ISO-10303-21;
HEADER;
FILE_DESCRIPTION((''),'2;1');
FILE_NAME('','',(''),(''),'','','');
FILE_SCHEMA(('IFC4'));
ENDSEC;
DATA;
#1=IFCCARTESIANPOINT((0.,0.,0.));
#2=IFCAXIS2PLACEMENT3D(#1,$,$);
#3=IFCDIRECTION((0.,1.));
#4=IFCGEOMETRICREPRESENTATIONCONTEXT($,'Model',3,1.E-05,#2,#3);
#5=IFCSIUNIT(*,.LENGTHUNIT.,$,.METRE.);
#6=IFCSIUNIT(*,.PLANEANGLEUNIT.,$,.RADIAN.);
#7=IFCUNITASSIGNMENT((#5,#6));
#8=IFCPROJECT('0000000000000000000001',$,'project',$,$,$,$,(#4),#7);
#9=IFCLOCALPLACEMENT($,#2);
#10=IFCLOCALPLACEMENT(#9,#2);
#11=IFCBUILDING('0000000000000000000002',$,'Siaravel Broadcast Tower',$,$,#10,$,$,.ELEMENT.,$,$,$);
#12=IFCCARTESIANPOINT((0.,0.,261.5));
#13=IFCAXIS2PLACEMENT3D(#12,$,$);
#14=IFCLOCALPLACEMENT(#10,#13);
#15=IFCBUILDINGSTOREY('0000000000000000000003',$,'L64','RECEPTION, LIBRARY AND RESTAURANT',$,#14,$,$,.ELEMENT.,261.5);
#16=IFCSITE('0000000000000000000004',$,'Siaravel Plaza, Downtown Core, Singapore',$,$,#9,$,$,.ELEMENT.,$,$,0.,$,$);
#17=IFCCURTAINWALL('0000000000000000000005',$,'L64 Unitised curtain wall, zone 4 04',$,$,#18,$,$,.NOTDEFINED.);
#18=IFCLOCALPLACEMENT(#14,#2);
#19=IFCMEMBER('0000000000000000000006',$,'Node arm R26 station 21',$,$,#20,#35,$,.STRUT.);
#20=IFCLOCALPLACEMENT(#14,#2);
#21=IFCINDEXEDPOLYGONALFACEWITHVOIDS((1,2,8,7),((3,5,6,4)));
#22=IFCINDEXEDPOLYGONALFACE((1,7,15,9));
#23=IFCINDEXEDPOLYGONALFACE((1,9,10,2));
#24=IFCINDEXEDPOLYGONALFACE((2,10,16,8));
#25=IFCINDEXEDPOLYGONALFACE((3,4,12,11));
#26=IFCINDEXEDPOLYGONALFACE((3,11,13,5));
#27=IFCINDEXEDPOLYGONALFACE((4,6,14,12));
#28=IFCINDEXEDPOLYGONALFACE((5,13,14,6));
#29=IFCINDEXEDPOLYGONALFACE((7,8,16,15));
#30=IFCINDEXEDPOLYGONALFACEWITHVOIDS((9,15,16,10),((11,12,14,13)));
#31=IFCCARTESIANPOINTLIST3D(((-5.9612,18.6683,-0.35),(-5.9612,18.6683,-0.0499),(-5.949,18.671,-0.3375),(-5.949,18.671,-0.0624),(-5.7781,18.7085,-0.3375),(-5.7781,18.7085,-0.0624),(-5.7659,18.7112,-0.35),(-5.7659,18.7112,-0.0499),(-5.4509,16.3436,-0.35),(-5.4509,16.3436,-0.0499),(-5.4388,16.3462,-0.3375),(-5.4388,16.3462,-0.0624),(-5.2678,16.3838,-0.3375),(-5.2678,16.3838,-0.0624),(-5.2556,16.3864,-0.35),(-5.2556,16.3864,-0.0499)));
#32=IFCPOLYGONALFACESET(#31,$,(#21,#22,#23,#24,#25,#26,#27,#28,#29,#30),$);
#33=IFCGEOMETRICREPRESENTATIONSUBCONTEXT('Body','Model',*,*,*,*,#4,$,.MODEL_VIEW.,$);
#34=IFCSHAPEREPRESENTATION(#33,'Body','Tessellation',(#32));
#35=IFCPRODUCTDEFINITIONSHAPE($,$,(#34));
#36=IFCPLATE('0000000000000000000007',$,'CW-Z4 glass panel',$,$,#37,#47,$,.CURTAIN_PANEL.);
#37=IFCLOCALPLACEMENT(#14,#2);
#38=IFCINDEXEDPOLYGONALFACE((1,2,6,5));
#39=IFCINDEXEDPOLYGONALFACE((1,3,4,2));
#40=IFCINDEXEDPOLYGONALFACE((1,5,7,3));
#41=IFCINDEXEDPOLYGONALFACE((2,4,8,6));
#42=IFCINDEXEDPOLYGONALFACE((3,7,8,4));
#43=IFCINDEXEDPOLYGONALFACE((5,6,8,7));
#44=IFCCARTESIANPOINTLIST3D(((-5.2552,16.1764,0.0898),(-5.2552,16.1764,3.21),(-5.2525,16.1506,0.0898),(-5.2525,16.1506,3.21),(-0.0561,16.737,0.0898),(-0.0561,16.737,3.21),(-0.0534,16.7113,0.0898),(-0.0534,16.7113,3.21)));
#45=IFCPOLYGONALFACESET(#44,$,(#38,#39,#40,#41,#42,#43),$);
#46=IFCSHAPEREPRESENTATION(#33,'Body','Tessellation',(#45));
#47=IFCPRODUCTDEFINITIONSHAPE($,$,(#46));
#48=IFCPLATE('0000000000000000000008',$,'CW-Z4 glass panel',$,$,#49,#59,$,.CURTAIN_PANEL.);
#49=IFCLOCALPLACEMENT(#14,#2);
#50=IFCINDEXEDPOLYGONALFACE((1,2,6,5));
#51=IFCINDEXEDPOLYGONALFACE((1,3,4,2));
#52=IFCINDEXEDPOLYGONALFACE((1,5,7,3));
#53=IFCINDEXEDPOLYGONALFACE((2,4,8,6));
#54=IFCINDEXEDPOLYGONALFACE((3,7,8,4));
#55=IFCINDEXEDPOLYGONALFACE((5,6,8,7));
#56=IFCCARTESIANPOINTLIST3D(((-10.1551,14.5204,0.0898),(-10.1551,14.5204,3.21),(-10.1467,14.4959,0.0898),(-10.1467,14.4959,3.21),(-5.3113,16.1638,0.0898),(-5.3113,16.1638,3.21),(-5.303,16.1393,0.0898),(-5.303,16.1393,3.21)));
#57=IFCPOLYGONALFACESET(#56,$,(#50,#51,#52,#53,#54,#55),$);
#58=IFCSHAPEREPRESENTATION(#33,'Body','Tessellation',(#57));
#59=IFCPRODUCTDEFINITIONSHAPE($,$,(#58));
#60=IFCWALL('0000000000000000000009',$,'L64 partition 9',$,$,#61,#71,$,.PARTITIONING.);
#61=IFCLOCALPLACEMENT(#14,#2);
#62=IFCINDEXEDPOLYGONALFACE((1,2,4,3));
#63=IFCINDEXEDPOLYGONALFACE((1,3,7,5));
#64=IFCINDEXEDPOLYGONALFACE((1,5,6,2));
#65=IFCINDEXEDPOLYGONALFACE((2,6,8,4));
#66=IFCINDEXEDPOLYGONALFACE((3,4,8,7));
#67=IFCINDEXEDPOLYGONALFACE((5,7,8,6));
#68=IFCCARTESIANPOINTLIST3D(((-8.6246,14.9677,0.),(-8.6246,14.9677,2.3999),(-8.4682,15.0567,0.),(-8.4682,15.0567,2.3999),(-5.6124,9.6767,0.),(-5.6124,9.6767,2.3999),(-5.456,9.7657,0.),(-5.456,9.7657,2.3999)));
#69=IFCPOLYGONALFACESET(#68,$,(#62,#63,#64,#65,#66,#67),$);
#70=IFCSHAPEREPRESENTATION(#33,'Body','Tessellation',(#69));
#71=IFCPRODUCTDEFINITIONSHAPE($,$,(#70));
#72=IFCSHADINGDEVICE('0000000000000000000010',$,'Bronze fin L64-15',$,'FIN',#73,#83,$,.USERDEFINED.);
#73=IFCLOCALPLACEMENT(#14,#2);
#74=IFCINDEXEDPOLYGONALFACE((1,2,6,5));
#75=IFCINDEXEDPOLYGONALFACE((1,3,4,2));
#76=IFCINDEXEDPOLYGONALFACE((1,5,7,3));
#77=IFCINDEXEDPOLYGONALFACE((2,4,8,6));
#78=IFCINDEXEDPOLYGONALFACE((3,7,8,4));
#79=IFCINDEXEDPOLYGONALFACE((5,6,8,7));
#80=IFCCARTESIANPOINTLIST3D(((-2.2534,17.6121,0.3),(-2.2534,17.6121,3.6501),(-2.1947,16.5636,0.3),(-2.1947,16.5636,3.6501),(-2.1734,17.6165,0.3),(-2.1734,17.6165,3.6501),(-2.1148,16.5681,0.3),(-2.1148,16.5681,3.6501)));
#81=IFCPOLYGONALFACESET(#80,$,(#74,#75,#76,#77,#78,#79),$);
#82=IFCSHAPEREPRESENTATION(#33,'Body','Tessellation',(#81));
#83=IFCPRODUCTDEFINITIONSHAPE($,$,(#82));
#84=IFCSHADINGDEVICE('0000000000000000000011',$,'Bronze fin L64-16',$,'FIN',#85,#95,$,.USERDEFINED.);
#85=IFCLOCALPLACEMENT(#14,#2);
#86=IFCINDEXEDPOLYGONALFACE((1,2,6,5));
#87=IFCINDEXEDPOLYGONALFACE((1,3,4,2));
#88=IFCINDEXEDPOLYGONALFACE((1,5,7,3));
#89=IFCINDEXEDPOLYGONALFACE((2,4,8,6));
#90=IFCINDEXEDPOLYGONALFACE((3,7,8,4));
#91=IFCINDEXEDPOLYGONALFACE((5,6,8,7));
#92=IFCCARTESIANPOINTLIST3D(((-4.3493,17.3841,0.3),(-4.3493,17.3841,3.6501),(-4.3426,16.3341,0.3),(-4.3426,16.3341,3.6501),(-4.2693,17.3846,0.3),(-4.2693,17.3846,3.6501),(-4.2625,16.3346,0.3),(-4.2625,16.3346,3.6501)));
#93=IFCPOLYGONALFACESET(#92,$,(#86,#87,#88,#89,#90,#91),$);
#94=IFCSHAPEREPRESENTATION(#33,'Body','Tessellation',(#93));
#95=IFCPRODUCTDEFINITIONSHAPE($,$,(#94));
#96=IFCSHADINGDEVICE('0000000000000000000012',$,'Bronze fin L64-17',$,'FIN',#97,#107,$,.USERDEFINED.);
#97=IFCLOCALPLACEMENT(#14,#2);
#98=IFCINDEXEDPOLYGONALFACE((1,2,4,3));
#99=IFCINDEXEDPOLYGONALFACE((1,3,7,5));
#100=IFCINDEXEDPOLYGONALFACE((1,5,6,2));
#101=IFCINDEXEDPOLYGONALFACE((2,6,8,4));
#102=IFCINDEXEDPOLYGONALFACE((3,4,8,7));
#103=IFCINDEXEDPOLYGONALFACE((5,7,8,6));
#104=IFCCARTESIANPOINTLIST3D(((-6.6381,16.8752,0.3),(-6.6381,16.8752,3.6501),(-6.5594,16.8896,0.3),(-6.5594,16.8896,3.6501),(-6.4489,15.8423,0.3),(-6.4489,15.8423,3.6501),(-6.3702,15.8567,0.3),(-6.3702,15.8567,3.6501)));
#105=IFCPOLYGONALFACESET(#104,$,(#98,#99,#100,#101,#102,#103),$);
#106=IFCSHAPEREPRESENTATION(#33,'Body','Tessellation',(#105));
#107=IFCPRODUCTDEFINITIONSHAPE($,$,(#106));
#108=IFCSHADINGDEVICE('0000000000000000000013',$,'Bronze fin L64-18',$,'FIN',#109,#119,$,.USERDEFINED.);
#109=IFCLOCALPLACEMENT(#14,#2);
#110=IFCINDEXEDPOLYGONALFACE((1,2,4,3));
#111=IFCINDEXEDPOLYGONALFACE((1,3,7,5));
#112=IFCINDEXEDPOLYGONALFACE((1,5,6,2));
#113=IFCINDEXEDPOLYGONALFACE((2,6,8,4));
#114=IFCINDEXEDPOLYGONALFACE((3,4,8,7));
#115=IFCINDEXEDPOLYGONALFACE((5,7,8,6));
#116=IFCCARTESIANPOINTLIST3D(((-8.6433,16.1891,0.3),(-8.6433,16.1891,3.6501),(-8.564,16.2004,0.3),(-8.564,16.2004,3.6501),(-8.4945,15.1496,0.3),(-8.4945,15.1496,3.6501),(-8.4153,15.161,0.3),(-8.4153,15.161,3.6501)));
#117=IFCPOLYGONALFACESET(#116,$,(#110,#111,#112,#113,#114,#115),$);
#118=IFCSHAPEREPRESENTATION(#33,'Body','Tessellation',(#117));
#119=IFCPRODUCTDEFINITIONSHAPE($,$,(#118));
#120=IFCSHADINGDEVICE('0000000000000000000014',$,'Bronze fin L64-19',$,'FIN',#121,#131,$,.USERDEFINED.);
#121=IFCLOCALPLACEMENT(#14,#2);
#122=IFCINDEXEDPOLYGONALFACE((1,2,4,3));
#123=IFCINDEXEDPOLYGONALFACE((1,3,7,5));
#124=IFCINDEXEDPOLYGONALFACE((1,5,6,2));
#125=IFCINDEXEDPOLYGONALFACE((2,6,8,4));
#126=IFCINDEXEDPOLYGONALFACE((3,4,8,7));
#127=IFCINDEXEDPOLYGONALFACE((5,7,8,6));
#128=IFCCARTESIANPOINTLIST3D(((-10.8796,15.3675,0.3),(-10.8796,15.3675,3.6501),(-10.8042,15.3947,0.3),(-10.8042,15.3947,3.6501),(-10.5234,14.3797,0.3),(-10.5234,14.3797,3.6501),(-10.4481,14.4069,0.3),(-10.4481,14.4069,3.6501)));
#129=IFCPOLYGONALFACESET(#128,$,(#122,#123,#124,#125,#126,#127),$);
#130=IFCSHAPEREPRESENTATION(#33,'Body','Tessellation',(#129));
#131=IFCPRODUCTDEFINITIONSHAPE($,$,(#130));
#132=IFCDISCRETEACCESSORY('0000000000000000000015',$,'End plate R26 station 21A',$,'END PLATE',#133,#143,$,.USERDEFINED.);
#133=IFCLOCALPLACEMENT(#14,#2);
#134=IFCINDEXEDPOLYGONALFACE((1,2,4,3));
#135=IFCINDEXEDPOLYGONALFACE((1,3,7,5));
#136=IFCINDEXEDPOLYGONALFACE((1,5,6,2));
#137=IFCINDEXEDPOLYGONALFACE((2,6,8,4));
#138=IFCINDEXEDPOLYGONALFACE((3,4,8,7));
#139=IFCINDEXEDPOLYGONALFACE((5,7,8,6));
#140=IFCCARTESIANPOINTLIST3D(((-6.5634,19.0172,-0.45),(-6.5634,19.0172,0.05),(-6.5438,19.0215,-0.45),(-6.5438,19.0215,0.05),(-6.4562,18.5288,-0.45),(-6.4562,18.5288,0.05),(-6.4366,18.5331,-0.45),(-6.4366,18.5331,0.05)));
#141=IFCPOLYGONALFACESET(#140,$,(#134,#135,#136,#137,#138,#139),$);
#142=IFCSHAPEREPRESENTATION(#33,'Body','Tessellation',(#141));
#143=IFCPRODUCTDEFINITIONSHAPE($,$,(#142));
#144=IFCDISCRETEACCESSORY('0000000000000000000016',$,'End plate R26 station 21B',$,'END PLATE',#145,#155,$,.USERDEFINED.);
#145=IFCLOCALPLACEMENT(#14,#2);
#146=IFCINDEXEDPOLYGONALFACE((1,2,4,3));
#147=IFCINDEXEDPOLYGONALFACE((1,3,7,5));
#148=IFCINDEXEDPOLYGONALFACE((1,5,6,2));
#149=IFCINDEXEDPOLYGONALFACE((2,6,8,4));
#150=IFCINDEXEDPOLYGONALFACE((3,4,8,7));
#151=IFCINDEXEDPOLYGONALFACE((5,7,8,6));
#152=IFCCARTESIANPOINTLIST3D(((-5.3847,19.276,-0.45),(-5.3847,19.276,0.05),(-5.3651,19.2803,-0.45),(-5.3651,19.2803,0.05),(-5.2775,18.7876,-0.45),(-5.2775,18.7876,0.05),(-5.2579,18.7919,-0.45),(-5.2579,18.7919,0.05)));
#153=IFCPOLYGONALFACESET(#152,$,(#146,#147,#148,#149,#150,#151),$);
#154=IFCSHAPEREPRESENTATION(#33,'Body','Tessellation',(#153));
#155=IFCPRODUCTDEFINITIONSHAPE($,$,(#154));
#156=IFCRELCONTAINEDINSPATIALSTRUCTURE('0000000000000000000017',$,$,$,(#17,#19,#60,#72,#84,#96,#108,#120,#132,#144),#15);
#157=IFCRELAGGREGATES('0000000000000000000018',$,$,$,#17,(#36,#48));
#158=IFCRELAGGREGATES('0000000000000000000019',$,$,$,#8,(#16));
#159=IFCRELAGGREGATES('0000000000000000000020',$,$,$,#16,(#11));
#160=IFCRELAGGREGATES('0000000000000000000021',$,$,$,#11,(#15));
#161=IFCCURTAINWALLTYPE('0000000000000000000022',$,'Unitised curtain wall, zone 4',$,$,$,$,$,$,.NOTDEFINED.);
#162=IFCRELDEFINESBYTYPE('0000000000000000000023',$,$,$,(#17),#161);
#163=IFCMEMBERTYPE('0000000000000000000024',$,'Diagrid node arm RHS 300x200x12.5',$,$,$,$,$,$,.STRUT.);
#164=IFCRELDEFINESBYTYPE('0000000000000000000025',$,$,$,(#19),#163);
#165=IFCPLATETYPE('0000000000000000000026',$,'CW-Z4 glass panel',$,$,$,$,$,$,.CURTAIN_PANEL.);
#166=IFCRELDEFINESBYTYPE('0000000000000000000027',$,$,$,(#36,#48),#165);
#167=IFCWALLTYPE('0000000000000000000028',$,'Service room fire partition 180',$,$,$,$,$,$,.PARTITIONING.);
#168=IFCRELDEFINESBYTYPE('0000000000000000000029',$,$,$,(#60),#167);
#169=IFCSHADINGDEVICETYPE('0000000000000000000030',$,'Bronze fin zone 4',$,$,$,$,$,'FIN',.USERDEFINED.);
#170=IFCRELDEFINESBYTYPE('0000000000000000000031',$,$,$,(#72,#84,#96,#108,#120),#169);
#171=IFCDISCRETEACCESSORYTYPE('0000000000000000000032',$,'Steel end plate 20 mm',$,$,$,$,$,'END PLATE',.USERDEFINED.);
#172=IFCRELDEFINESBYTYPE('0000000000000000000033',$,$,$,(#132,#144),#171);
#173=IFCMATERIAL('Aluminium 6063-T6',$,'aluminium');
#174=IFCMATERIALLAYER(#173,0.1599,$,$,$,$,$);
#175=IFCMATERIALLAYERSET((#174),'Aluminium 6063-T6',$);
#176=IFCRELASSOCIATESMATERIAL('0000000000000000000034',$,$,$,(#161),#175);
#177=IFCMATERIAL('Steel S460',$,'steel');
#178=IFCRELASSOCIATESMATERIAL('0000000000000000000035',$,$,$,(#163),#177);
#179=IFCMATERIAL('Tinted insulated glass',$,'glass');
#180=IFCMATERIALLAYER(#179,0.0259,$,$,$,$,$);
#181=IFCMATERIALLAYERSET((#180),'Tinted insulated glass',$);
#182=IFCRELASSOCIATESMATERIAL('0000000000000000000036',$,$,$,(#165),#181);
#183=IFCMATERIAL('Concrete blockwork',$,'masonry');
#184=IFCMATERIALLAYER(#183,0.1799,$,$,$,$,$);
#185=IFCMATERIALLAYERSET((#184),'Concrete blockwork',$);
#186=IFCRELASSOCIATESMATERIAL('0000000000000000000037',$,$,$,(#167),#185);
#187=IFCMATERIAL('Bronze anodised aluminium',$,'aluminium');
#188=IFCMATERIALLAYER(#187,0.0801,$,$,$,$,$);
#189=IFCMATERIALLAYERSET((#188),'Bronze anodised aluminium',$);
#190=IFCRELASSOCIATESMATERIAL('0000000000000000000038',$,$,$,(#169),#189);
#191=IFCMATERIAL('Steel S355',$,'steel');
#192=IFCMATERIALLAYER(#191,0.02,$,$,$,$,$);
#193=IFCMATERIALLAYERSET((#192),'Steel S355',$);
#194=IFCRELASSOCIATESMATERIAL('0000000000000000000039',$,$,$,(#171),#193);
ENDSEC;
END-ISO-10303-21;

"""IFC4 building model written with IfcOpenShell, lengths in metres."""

from ifc_helpers import new_model, si_unit, direction, frame, frame_2d, origin, origin_2d, place, context, subcontext, project, spatial, rectangle, hollow_rectangle, extrude, material, layer, layer_set, material_profile, profile_set, type_object, element, aggregate, save


model = new_model("IFC4")

# Units and contexts
model_context = context("Model", 3, precision=1e-05, world=origin(), true_north=direction((0.0, 1.0)))
body_context = subcontext(model_context, "Body", "Model", "MODEL_VIEW")
ifc_project = project(units=[si_unit("LENGTHUNIT", "METRE"), si_unit("PLANEANGLEUNIT", "RADIAN")], contexts=[model_context])

# Site, building, storey
site_placement = place(None, origin())
site = spatial("IfcSite", under=ifc_project, at=site_placement, Name="Siaravel Plaza, Downtown Core, Singapore", CompositionType="ELEMENT", RefElevation=0.0)
building_placement = place(site_placement, origin())
building = spatial("IfcBuilding", under=site, at=building_placement, Name="Siaravel Broadcast Tower", CompositionType="ELEMENT")
storey_placement = place(building_placement, frame((0.0, 0.0, 261.5)))
storey = spatial("IfcBuildingStorey", under=building, at=storey_placement, Name="L64", Description="RECEPTION, LIBRARY AND RESTAURANT", CompositionType="ELEMENT", Elevation=261.5)

# Shared definitions
ifc_material_1 = material(Name="Steel S355", Category="steel")

# Curtain wall
ifc_material_2 = material(Name="Aluminium 6063-T6", Category="aluminium")
ifc_layer_1 = layer(ifc_material_2, 0.1599)
ifc_layer_set_1 = layer_set([ifc_layer_1], Name="Aluminium 6063-T6")
curtain_wall_type = type_object("IfcCurtainWallType", Name="Unitised curtain wall, zone 4", PredefinedType="NOTDEFINED", material=ifc_layer_set_1)
curtain_wall_placement = place(storey_placement, origin())
curtain_wall = element("IfcCurtainWall", 1, at=curtain_wall_placement, inside=storey, type_object=curtain_wall_type, Name="L64 Unitised curtain wall, zone 4 04", PredefinedType="NOTDEFINED")

# Member
ifc_material_3 = material(Name="Steel S460", Category="steel")
ifc_material_profile_1 = material_profile(ifc_material_3, hollow_rectangle(XDim=0.2, YDim=0.3, WallThickness=0.0125, at=origin_2d()))
ifc_profile_set_1 = profile_set([ifc_material_profile_1], Name="Steel S460")
member_type_1 = type_object("IfcMemberType", Name="Diagrid node arm RHS 300x200x12.5", PredefinedType="STRUT", material=ifc_profile_set_1)
member_1_placement = place(storey_placement, frame((-5.3533, 16.365, -0.2), z_axis=(-0.214388, 0.976749, 0.0), x_axis=(-0.976749, -0.214388, 0.0)))
element("IfcMember", 2, at=member_1_placement, inside=storey, type_object=member_type_1, Name="Node arm R26 station 21", PredefinedType="STRUT", context=body_context, shape_type="SweptSolid", body=[
    extrude(hollow_rectangle(XDim=0.2, YDim=0.3, WallThickness=0.0125, at=origin_2d()), origin(), (0.0, 0.0, 1.0), 2.3801),
])

# Plates
ifc_material_4 = material(Name="Tinted insulated glass", Category="glass")
ifc_layer_2 = layer(ifc_material_4, 0.0259)
ifc_layer_set_2 = layer_set([ifc_layer_2], Name="Tinted insulated glass")
plate_type = type_object("IfcPlateType", Name="CW-Z4 glass panel", PredefinedType="CURTAIN_PANEL", material=ifc_layer_set_2)
plate_1_placement = place(storey_placement, frame((-2.6543, 16.4438, 0.0898), z_axis=(0.0, 0.0, 1.0), x_axis=(-0.994236, -0.107218, 0.0)))
plate_1 = element("IfcPlate", 3, at=plate_1_placement, type_object=plate_type, Name="CW-Z4 glass panel", PredefinedType="CURTAIN_PANEL", context=body_context, shape_type="SweptSolid", body=[
    extrude(rectangle(XDim=5.2292, YDim=0.0259, at=origin_2d()), origin(), (0.0, 0.0, 1.0), 3.1201),
])
plate_2_placement = place(storey_placement, frame((-7.729, 15.3298, 0.0898), z_axis=(0.0, 0.0, 1.0), x_axis=(-0.946977, -0.321302, 0.0)))
plate_2 = element("IfcPlate", 4, at=plate_2_placement, type_object=plate_type, Name="CW-Z4 glass panel", PredefinedType="CURTAIN_PANEL", context=body_context, shape_type="SweptSolid", body=[
    extrude(rectangle(XDim=5.115, YDim=0.0259, at=origin_2d()), origin(), (0.0, 0.0, 1.0), 3.1201),
])
aggregate(curtain_wall, [plate_1, plate_2])

# Wall
ifc_material_5 = material(Name="Concrete blockwork", Category="masonry")
ifc_layer_3 = layer(ifc_material_5, 0.1799)
ifc_layer_set_3 = layer_set([ifc_layer_3], Name="Concrete blockwork")
wall_type = type_object("IfcWallType", Name="Service room fire partition 180", PredefinedType="PARTITIONING", material=ifc_layer_set_3)
wall_placement = place(storey_placement, frame((-8.5464, 15.0122, 0.0), z_axis=(0.0, 0.0, 1.0), x_axis=(0.494748, -0.869037, 0.0)))
element("IfcWall", 5, at=wall_placement, inside=storey, type_object=wall_type, Name="L64 partition 9", PredefinedType="PARTITIONING", context=body_context, shape_type="SweptSolid", body=[
    extrude(rectangle(XDim=6.0884, YDim=0.1799, at=frame_2d((3.0442, 0.0))), origin(), (0.0, 0.0, 1.0), 2.3999),
])

# Shading devices
ifc_material_6 = material(Name="Bronze anodised aluminium", Category="aluminium")
ifc_layer_4 = layer(ifc_material_6, 0.0801)
ifc_layer_set_4 = layer_set([ifc_layer_4], Name="Bronze anodised aluminium")
shading_device_type = type_object("IfcShadingDeviceType", Name="Bronze fin zone 4", ElementType="FIN", PredefinedType="USERDEFINED", material=ifc_layer_set_4)
for number, where, z_axis, x_axis, name in (
    (6, (-2.1841, 17.0901, 0.3), (0.0, 0.0, 1.0), (-0.055874, 0.998438, 0.0), "Bronze fin L64-15"),
    (7, (-4.3059, 16.8594, 0.3), (0.0, 0.0, 1.0), (-0.006451, 0.999979, 0.0), "Bronze fin L64-16"),
    (8, (-6.5042, 16.366, 0.3), (0.0, 0.0, 1.0), (-0.180166, 0.983636, 0.0), "Bronze fin L64-17"),
    (9, (-8.5293, 15.675, 0.3), (0.0, 0.0, 1.0), (-0.141682, 0.989912, 0.0), "Bronze fin L64-18"),
    (10, (-10.6638, 14.8872, 0.3), (0.0, 0.0, 1.0), (-0.339173, 0.940724, 0.0), "Bronze fin L64-19"),
):
    element("IfcShadingDevice", number, at=place(storey_placement, frame(where, z_axis=z_axis, x_axis=x_axis)), inside=storey, type_object=shading_device_type, Name=name, ObjectType="FIN", PredefinedType="USERDEFINED", context=body_context, shape_type="SweptSolid", body=[
        extrude(rectangle(XDim=1.05, YDim=0.0801, at=origin_2d()), origin(), (0.0, 0.0, 1.0), 3.3501),
    ])

# Discrete accessories
ifc_layer_5 = layer(ifc_material_1, 0.02)
ifc_layer_set_5 = layer_set([ifc_layer_5], Name="Steel S355")
discrete_accessory_type = type_object("IfcDiscreteAccessoryType", Name="Steel end plate 20 mm", ElementType="END PLATE", PredefinedType="USERDEFINED", material=ifc_layer_set_5)
for number, where, z_axis, x_axis, name in (
    (11, (-6.5, 18.7751, -0.45), (0.0, 0.0, 1.0), (-0.976751, -0.214377, 0.0), "End plate R26 station 21A"),
    (12, (-5.3213, 19.0339, -0.45), (0.0, 0.0, 1.0), (-0.976751, -0.214377, 0.0), "End plate R26 station 21B"),
):
    element("IfcDiscreteAccessory", number, at=place(storey_placement, frame(where, z_axis=z_axis, x_axis=x_axis)), inside=storey, type_object=discrete_accessory_type, Name=name, ObjectType="END PLATE", PredefinedType="USERDEFINED", context=body_context, shape_type="SweptSolid", body=[
        extrude(rectangle(XDim=0.02, YDim=0.5, at=origin_2d()), origin(), (0.0, 0.0, 1.0), 0.5),
    ])

save(model, "model.ifc")
